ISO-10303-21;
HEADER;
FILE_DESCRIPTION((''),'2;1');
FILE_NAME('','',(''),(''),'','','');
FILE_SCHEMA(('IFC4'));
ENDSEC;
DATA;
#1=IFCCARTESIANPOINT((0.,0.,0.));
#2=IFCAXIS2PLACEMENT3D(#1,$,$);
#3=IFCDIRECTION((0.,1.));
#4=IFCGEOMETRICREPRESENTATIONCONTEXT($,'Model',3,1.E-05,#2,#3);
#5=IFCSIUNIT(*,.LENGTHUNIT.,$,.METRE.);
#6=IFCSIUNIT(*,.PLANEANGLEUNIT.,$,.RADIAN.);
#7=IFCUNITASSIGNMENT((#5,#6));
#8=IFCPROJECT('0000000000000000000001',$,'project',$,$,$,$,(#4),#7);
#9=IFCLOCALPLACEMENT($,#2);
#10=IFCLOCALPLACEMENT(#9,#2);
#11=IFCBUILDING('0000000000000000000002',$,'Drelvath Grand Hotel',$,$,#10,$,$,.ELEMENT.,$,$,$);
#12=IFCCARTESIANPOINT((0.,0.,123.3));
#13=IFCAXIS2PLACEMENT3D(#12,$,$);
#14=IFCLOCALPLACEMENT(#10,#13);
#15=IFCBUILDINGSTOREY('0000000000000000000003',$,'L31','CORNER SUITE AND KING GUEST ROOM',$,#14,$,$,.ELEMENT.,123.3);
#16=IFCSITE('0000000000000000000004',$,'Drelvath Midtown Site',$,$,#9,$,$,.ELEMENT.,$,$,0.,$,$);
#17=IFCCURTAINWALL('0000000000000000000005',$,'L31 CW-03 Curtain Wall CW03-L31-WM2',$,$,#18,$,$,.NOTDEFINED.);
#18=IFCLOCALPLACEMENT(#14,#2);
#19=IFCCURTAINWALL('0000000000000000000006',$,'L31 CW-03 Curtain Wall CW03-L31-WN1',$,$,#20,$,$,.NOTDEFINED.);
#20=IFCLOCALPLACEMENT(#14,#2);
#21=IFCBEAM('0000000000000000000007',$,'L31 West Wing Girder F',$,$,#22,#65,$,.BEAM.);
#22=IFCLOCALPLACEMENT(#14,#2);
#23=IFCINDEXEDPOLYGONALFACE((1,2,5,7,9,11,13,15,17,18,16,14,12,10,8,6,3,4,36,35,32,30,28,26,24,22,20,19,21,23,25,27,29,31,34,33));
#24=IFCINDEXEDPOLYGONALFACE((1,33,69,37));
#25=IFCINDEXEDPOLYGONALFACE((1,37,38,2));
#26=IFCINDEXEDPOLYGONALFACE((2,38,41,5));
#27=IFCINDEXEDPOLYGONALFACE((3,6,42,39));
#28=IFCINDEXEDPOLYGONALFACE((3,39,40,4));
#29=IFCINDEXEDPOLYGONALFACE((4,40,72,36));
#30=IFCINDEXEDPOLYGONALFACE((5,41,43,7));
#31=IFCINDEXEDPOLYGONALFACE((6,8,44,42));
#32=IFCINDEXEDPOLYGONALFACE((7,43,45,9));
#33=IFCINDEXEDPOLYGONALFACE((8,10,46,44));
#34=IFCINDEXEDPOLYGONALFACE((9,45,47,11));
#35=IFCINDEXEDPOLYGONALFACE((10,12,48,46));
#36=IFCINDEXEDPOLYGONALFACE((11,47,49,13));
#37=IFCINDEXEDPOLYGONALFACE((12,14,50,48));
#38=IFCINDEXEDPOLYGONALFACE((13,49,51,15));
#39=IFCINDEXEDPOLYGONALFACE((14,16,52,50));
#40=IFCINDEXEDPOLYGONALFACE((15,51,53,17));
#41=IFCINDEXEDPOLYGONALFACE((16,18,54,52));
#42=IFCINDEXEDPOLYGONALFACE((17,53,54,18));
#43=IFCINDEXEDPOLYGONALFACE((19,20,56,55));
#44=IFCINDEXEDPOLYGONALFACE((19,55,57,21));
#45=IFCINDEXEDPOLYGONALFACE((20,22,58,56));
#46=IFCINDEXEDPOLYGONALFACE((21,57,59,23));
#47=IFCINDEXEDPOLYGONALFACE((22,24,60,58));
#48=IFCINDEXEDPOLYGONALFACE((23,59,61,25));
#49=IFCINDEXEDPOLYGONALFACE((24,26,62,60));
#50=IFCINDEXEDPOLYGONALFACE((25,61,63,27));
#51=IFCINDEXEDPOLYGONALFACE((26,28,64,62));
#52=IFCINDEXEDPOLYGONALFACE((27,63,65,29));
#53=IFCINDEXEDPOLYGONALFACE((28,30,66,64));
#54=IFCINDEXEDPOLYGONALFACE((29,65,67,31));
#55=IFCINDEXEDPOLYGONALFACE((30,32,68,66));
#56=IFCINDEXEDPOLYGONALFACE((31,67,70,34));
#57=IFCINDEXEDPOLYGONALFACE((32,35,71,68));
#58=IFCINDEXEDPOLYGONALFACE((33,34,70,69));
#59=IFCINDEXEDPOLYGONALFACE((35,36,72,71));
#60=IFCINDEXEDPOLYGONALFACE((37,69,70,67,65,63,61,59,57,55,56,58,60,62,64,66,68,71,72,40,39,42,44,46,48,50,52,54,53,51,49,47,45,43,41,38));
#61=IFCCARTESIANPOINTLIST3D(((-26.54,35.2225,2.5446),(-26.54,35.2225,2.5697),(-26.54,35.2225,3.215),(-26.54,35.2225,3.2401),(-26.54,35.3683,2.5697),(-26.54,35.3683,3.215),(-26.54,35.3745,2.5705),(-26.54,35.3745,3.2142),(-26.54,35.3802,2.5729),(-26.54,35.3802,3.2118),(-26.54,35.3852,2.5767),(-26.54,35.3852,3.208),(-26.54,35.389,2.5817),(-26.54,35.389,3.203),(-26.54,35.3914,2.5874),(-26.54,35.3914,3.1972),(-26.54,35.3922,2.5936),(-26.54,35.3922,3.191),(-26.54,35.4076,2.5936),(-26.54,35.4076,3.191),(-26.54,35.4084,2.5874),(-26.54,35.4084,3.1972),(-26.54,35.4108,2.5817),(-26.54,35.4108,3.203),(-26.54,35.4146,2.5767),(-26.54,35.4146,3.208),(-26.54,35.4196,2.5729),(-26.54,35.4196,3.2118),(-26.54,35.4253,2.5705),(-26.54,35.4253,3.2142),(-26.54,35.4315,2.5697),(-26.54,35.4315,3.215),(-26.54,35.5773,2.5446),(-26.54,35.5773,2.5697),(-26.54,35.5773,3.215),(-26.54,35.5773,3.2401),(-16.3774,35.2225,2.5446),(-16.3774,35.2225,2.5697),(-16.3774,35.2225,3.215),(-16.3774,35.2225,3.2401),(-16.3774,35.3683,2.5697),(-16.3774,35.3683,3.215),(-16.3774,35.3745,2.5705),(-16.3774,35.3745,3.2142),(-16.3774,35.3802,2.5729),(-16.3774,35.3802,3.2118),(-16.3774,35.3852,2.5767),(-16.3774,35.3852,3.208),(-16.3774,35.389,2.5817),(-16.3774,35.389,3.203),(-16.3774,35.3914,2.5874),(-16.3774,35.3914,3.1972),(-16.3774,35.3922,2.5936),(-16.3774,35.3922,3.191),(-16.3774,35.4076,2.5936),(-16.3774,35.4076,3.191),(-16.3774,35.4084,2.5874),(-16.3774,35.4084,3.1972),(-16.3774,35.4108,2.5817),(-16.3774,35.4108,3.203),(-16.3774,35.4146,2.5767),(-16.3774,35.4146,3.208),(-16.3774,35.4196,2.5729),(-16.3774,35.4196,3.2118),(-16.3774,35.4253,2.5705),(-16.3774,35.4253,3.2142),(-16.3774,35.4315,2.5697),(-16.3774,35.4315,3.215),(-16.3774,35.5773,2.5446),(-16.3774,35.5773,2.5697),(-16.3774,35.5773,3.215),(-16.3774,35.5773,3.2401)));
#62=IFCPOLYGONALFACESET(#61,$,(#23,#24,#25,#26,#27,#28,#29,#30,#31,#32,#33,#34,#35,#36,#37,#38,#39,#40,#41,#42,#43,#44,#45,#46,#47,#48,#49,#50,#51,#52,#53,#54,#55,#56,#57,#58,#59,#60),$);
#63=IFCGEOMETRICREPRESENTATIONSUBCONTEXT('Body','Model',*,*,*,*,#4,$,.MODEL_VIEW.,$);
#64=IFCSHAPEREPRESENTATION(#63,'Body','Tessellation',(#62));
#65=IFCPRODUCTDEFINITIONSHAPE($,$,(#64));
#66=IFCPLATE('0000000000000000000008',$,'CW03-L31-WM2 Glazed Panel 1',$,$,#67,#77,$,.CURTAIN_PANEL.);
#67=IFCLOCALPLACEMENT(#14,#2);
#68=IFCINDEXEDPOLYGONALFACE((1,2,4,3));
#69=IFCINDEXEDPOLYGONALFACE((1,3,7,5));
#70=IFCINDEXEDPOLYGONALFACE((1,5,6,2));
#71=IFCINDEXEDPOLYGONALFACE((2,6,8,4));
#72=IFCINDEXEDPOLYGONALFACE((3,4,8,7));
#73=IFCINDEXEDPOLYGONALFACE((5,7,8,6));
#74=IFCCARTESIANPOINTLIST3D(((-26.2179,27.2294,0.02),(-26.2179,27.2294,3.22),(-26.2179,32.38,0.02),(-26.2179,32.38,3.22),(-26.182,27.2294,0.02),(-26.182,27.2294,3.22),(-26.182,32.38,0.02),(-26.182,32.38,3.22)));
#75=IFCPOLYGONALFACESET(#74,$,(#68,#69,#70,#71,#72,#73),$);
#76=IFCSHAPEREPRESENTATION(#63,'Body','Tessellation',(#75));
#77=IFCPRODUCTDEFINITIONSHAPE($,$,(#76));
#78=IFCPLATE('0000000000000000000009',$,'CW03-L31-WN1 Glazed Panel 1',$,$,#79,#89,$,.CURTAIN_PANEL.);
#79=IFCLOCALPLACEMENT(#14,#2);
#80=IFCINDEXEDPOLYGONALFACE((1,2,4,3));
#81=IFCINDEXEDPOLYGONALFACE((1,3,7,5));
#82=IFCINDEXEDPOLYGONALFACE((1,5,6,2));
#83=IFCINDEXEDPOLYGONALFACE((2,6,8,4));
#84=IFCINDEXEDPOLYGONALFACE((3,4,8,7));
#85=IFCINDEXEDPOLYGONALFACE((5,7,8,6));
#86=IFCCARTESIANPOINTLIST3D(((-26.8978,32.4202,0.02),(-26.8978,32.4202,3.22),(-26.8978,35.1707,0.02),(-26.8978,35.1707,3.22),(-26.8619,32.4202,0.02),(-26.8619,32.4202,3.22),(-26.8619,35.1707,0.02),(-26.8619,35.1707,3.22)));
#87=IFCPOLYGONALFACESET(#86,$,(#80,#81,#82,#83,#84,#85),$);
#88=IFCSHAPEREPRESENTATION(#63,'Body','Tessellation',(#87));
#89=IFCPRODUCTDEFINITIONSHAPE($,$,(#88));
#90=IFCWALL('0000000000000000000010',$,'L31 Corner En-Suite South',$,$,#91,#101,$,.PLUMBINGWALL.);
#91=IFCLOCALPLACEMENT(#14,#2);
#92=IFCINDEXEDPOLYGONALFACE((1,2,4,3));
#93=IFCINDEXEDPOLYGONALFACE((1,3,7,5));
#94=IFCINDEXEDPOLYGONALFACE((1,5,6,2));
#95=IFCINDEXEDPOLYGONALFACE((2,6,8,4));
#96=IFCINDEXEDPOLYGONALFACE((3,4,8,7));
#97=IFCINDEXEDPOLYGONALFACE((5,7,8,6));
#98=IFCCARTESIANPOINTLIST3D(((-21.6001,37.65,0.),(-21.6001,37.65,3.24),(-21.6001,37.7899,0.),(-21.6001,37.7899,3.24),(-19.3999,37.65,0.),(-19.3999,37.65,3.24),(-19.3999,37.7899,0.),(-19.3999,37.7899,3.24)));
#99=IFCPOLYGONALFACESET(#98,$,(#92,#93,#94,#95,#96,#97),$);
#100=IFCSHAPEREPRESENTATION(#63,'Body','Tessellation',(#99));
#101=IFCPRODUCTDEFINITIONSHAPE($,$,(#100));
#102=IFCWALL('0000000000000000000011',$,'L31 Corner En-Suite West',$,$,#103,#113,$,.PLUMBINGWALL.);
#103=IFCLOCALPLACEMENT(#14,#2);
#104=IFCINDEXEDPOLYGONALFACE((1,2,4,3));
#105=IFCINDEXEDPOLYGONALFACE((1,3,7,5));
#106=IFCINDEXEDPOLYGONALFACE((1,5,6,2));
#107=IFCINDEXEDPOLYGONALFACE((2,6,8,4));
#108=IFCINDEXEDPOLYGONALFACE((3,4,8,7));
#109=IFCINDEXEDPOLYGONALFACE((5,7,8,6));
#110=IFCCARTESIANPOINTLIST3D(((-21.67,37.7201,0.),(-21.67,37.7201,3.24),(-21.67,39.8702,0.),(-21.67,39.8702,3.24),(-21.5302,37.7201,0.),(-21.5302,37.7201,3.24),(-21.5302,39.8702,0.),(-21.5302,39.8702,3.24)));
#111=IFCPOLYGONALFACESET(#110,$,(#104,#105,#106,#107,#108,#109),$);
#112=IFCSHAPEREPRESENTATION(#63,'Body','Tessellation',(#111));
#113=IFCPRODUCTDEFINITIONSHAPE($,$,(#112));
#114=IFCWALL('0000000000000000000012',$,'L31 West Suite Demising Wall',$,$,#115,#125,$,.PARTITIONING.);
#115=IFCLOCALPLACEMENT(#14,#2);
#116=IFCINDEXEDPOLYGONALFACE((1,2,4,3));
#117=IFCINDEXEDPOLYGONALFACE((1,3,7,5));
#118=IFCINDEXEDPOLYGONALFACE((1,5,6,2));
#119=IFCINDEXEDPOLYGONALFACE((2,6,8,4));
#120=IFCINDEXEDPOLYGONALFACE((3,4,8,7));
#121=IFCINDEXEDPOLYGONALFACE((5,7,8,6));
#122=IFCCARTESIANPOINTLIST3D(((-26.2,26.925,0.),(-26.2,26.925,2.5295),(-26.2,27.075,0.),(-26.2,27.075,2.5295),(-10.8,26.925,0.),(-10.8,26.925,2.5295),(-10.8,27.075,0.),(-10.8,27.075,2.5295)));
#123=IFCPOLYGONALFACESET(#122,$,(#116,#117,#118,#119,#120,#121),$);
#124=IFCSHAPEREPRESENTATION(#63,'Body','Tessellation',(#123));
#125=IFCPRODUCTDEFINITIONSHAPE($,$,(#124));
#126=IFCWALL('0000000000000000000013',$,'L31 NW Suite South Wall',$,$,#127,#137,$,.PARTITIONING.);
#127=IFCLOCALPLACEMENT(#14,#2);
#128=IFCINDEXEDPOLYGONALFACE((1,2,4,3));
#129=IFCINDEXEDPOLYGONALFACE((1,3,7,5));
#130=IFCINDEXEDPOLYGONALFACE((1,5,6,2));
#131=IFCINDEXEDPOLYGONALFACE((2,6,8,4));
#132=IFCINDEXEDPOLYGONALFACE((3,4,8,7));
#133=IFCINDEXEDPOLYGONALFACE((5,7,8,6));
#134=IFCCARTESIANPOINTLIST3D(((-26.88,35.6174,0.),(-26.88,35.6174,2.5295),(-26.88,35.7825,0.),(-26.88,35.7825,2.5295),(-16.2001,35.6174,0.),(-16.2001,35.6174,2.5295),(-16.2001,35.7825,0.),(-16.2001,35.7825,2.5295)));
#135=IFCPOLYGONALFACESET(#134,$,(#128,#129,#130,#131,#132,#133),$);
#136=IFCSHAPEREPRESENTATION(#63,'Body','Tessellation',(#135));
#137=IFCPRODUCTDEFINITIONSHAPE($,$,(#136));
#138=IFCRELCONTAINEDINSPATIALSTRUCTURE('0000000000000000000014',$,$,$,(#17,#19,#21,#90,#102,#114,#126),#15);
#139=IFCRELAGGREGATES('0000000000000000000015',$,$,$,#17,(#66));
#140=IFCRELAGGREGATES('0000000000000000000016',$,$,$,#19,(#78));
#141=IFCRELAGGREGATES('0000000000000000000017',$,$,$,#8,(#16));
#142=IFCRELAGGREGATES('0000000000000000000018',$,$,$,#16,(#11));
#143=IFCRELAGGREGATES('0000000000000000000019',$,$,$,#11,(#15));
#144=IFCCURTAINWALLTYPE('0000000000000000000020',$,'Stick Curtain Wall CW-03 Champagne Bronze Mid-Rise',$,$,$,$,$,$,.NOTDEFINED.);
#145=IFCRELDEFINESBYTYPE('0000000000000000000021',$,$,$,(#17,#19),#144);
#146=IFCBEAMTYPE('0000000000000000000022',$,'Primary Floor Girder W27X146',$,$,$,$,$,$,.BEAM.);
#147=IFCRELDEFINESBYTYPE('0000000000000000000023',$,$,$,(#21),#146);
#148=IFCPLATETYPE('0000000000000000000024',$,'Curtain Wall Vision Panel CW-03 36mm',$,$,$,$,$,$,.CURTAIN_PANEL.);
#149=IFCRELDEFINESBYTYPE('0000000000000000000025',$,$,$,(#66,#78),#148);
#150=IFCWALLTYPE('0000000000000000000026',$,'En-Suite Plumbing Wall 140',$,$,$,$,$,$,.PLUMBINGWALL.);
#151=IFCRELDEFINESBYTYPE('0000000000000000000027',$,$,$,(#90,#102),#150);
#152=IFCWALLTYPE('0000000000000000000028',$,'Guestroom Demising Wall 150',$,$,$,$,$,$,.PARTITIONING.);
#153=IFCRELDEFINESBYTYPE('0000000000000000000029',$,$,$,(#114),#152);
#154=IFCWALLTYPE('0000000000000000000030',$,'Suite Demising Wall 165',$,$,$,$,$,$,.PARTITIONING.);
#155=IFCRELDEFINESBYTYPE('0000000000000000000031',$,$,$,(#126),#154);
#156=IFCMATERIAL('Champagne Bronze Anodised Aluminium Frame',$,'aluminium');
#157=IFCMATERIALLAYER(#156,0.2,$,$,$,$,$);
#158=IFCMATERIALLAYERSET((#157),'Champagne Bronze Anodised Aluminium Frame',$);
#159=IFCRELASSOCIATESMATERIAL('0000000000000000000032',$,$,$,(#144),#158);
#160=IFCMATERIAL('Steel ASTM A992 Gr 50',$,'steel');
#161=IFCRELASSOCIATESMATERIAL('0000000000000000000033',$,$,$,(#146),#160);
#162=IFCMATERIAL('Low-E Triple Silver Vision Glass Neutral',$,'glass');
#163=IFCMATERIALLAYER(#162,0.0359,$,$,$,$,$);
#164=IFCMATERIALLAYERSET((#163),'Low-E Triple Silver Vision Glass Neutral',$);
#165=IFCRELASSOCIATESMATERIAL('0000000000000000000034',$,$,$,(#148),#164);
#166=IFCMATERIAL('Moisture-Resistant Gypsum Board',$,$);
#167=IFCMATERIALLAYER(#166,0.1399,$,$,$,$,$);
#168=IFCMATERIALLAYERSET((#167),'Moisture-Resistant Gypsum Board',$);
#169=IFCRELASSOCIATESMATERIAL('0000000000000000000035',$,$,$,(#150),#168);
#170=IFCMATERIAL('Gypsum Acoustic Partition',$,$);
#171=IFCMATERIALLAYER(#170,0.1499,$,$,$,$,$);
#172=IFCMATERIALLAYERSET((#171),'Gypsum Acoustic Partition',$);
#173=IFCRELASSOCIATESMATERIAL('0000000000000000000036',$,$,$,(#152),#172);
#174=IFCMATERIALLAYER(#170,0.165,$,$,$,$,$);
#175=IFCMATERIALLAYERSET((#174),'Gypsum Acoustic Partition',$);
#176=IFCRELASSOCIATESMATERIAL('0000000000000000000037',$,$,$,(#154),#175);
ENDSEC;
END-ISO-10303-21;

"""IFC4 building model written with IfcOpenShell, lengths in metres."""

from ifc_helpers import new_model, si_unit, direction, frame, frame_2d, origin, origin_2d, place, context, subcontext, project, spatial, rectangle, i_section, extrude, material, layer, layer_set, material_profile, profile_set, type_object, element, aggregate, save


model = new_model("IFC4")

# Units and contexts
model_context = context("Model", 3, precision=1e-05, world=origin(), true_north=direction((0.0, 1.0)))
body_context = subcontext(model_context, "Body", "Model", "MODEL_VIEW")
ifc_project = project(units=[si_unit("LENGTHUNIT", "METRE"), si_unit("PLANEANGLEUNIT", "RADIAN")], contexts=[model_context])

# Site, building, storey
site_placement = place(None, origin())
site = spatial("IfcSite", under=ifc_project, at=site_placement, Name="Drelvath Midtown Site", CompositionType="ELEMENT", RefElevation=0.0)
building_placement = place(site_placement, origin())
building = spatial("IfcBuilding", under=site, at=building_placement, Name="Drelvath Grand Hotel", CompositionType="ELEMENT")
storey_placement = place(building_placement, frame((0.0, 0.0, 123.3)))
storey = spatial("IfcBuildingStorey", under=building, at=storey_placement, Name="L31", Description="CORNER SUITE AND KING GUEST ROOM", CompositionType="ELEMENT", Elevation=123.3)

# Curtain walls
ifc_material_1 = material(Name="Champagne Bronze Anodised Aluminium Frame", Category="aluminium")
ifc_layer_1 = layer(ifc_material_1, 0.2)
ifc_layer_set_1 = layer_set([ifc_layer_1], Name="Champagne Bronze Anodised Aluminium Frame")
curtain_wall_type = type_object("IfcCurtainWallType", Name="Stick Curtain Wall CW-03 Champagne Bronze Mid-Rise", PredefinedType="NOTDEFINED", material=ifc_layer_set_1)
curtain_wall_1_placement = place(storey_placement, origin())
curtain_wall_1 = element("IfcCurtainWall", 1, at=curtain_wall_1_placement, inside=storey, type_object=curtain_wall_type, Name="L31 CW-03 Curtain Wall CW03-L31-WM2", PredefinedType="NOTDEFINED")
curtain_wall_2_placement = place(storey_placement, origin())
curtain_wall_2 = element("IfcCurtainWall", 2, at=curtain_wall_2_placement, inside=storey, type_object=curtain_wall_type, Name="L31 CW-03 Curtain Wall CW03-L31-WN1", PredefinedType="NOTDEFINED")

# Beam
ifc_material_2 = material(Name="Steel ASTM A992 Gr 50", Category="steel")
ifc_material_profile_1 = material_profile(ifc_material_2, i_section(OverallWidth=0.3547, OverallDepth=0.6956, WebThickness=0.0154, FlangeThickness=0.0251, FilletRadius=0.0239, at=origin_2d()), Name="W27X146")
ifc_profile_set_1 = profile_set([ifc_material_profile_1], Name="Steel ASTM A992 Gr 50")
beam_type_1 = type_object("IfcBeamType", Name="Primary Floor Girder W27X146", PredefinedType="BEAM", material=ifc_profile_set_1)
beam_1_placement = place(storey_placement, frame((-26.54, 35.3999, 2.8923), z_axis=(1.0, 0.0, 0.0), x_axis=(0.0, 1.0, 0.0)))
element("IfcBeam", 3, at=beam_1_placement, inside=storey, type_object=beam_type_1, Name="L31 West Wing Girder F", PredefinedType="BEAM", context=body_context, shape_type="SweptSolid", body=[
    extrude(i_section(OverallWidth=0.3547, OverallDepth=0.6956, WebThickness=0.0154, FlangeThickness=0.0251, FilletRadius=0.0239, at=origin_2d()), origin(), (0.0, 0.0, 1.0), 10.1626),
])

# Plates
ifc_material_3 = material(Name="Low-E Triple Silver Vision Glass Neutral", Category="glass")
ifc_layer_2 = layer(ifc_material_3, 0.0359)
ifc_layer_set_2 = layer_set([ifc_layer_2], Name="Low-E Triple Silver Vision Glass Neutral")
plate_type = type_object("IfcPlateType", Name="Curtain Wall Vision Panel CW-03 36mm", PredefinedType="CURTAIN_PANEL", material=ifc_layer_set_2)
plate_1_placement = place(storey_placement, frame((-26.2, 29.8047, 0.02), z_axis=(0.0, 0.0, 1.0), x_axis=(0.0, 1.0, 0.0)))
plate_1 = element("IfcPlate", 4, at=plate_1_placement, type_object=plate_type, Name="CW03-L31-WM2 Glazed Panel 1", PredefinedType="CURTAIN_PANEL", context=body_context, shape_type="SweptSolid", body=[
    extrude(rectangle(XDim=5.1506, YDim=0.0359, at=origin_2d()), origin(), (0.0, 0.0, 1.0), 3.2),
])
aggregate(curtain_wall_1, [plate_1])
plate_2_placement = place(storey_placement, frame((-26.8799, 33.7954, 0.02), z_axis=(0.0, 0.0, 1.0), x_axis=(0.0, 1.0, 0.0)))
plate_2 = element("IfcPlate", 5, at=plate_2_placement, type_object=plate_type, Name="CW03-L31-WN1 Glazed Panel 1", PredefinedType="CURTAIN_PANEL", context=body_context, shape_type="SweptSolid", body=[
    extrude(rectangle(XDim=2.7505, YDim=0.0359, at=origin_2d()), origin(), (0.0, 0.0, 1.0), 3.2),
])
aggregate(curtain_wall_2, [plate_2])

# Walls
ifc_material_4 = material(Name="Moisture-Resistant Gypsum Board")
ifc_layer_3 = layer(ifc_material_4, 0.1399)
ifc_layer_set_3 = layer_set([ifc_layer_3], Name="Moisture-Resistant Gypsum Board")
wall_type_1 = type_object("IfcWallType", Name="En-Suite Plumbing Wall 140", PredefinedType="PLUMBINGWALL", material=ifc_layer_set_3)
wall_1_placement = place(storey_placement, frame((-21.6001, 37.72, 0.0), z_axis=(0.0, 0.0, 1.0), x_axis=(1.0, 0.0, 0.0)))
element("IfcWall", 6, at=wall_1_placement, inside=storey, type_object=wall_type_1, Name="L31 Corner En-Suite South", PredefinedType="PLUMBINGWALL", context=body_context, shape_type="SweptSolid", body=[
    extrude(rectangle(XDim=2.2002, YDim=0.1399, at=frame_2d((1.1001, 0.0))), origin(), (0.0, 0.0, 1.0), 3.24),
])
wall_2_placement = place(storey_placement, frame((-21.6001, 37.72, 0.0), z_axis=(0.0, 0.0, 1.0), x_axis=(0.0, 1.0, 0.0)))
element("IfcWall", 7, at=wall_2_placement, inside=storey, type_object=wall_type_1, Name="L31 Corner En-Suite West", PredefinedType="PLUMBINGWALL", context=body_context, shape_type="SweptSolid", body=[
    extrude(rectangle(XDim=2.1501, YDim=0.1399, at=frame_2d((1.0752, 0.0))), origin(), (0.0, 0.0, 1.0), 3.24),
])
ifc_material_5 = material(Name="Gypsum Acoustic Partition")
ifc_layer_4 = layer(ifc_material_5, 0.1499)
ifc_layer_set_4 = layer_set([ifc_layer_4], Name="Gypsum Acoustic Partition")
wall_type_2 = type_object("IfcWallType", Name="Guestroom Demising Wall 150", PredefinedType="PARTITIONING", material=ifc_layer_set_4)
wall_3_placement = place(storey_placement, frame((-26.2, 27.0, 0.0), z_axis=(0.0, 0.0, 1.0), x_axis=(1.0, 0.0, 0.0)))
element("IfcWall", 8, at=wall_3_placement, inside=storey, type_object=wall_type_2, Name="L31 West Suite Demising Wall", PredefinedType="PARTITIONING", context=body_context, shape_type="SweptSolid", body=[
    extrude(rectangle(XDim=15.3999, YDim=0.1499, at=frame_2d((7.7, 0.0))), origin(), (0.0, 0.0, 1.0), 2.5295),
])
ifc_layer_5 = layer(ifc_material_5, 0.165)
ifc_layer_set_5 = layer_set([ifc_layer_5], Name="Gypsum Acoustic Partition")
wall_type_3 = type_object("IfcWallType", Name="Suite Demising Wall 165", PredefinedType="PARTITIONING", material=ifc_layer_set_5)
wall_4_placement = place(storey_placement, frame((-26.8799, 35.7, 0.0), z_axis=(0.0, 0.0, 1.0), x_axis=(1.0, 0.0, 0.0)))
element("IfcWall", 9, at=wall_4_placement, inside=storey, type_object=wall_type_3, Name="L31 NW Suite South Wall", PredefinedType="PARTITIONING", context=body_context, shape_type="SweptSolid", body=[
    extrude(rectangle(XDim=10.6799, YDim=0.165, at=frame_2d((5.3398, 0.0))), origin(), (0.0, 0.0, 1.0), 2.5295),
])

save(model, "model.ifc")
